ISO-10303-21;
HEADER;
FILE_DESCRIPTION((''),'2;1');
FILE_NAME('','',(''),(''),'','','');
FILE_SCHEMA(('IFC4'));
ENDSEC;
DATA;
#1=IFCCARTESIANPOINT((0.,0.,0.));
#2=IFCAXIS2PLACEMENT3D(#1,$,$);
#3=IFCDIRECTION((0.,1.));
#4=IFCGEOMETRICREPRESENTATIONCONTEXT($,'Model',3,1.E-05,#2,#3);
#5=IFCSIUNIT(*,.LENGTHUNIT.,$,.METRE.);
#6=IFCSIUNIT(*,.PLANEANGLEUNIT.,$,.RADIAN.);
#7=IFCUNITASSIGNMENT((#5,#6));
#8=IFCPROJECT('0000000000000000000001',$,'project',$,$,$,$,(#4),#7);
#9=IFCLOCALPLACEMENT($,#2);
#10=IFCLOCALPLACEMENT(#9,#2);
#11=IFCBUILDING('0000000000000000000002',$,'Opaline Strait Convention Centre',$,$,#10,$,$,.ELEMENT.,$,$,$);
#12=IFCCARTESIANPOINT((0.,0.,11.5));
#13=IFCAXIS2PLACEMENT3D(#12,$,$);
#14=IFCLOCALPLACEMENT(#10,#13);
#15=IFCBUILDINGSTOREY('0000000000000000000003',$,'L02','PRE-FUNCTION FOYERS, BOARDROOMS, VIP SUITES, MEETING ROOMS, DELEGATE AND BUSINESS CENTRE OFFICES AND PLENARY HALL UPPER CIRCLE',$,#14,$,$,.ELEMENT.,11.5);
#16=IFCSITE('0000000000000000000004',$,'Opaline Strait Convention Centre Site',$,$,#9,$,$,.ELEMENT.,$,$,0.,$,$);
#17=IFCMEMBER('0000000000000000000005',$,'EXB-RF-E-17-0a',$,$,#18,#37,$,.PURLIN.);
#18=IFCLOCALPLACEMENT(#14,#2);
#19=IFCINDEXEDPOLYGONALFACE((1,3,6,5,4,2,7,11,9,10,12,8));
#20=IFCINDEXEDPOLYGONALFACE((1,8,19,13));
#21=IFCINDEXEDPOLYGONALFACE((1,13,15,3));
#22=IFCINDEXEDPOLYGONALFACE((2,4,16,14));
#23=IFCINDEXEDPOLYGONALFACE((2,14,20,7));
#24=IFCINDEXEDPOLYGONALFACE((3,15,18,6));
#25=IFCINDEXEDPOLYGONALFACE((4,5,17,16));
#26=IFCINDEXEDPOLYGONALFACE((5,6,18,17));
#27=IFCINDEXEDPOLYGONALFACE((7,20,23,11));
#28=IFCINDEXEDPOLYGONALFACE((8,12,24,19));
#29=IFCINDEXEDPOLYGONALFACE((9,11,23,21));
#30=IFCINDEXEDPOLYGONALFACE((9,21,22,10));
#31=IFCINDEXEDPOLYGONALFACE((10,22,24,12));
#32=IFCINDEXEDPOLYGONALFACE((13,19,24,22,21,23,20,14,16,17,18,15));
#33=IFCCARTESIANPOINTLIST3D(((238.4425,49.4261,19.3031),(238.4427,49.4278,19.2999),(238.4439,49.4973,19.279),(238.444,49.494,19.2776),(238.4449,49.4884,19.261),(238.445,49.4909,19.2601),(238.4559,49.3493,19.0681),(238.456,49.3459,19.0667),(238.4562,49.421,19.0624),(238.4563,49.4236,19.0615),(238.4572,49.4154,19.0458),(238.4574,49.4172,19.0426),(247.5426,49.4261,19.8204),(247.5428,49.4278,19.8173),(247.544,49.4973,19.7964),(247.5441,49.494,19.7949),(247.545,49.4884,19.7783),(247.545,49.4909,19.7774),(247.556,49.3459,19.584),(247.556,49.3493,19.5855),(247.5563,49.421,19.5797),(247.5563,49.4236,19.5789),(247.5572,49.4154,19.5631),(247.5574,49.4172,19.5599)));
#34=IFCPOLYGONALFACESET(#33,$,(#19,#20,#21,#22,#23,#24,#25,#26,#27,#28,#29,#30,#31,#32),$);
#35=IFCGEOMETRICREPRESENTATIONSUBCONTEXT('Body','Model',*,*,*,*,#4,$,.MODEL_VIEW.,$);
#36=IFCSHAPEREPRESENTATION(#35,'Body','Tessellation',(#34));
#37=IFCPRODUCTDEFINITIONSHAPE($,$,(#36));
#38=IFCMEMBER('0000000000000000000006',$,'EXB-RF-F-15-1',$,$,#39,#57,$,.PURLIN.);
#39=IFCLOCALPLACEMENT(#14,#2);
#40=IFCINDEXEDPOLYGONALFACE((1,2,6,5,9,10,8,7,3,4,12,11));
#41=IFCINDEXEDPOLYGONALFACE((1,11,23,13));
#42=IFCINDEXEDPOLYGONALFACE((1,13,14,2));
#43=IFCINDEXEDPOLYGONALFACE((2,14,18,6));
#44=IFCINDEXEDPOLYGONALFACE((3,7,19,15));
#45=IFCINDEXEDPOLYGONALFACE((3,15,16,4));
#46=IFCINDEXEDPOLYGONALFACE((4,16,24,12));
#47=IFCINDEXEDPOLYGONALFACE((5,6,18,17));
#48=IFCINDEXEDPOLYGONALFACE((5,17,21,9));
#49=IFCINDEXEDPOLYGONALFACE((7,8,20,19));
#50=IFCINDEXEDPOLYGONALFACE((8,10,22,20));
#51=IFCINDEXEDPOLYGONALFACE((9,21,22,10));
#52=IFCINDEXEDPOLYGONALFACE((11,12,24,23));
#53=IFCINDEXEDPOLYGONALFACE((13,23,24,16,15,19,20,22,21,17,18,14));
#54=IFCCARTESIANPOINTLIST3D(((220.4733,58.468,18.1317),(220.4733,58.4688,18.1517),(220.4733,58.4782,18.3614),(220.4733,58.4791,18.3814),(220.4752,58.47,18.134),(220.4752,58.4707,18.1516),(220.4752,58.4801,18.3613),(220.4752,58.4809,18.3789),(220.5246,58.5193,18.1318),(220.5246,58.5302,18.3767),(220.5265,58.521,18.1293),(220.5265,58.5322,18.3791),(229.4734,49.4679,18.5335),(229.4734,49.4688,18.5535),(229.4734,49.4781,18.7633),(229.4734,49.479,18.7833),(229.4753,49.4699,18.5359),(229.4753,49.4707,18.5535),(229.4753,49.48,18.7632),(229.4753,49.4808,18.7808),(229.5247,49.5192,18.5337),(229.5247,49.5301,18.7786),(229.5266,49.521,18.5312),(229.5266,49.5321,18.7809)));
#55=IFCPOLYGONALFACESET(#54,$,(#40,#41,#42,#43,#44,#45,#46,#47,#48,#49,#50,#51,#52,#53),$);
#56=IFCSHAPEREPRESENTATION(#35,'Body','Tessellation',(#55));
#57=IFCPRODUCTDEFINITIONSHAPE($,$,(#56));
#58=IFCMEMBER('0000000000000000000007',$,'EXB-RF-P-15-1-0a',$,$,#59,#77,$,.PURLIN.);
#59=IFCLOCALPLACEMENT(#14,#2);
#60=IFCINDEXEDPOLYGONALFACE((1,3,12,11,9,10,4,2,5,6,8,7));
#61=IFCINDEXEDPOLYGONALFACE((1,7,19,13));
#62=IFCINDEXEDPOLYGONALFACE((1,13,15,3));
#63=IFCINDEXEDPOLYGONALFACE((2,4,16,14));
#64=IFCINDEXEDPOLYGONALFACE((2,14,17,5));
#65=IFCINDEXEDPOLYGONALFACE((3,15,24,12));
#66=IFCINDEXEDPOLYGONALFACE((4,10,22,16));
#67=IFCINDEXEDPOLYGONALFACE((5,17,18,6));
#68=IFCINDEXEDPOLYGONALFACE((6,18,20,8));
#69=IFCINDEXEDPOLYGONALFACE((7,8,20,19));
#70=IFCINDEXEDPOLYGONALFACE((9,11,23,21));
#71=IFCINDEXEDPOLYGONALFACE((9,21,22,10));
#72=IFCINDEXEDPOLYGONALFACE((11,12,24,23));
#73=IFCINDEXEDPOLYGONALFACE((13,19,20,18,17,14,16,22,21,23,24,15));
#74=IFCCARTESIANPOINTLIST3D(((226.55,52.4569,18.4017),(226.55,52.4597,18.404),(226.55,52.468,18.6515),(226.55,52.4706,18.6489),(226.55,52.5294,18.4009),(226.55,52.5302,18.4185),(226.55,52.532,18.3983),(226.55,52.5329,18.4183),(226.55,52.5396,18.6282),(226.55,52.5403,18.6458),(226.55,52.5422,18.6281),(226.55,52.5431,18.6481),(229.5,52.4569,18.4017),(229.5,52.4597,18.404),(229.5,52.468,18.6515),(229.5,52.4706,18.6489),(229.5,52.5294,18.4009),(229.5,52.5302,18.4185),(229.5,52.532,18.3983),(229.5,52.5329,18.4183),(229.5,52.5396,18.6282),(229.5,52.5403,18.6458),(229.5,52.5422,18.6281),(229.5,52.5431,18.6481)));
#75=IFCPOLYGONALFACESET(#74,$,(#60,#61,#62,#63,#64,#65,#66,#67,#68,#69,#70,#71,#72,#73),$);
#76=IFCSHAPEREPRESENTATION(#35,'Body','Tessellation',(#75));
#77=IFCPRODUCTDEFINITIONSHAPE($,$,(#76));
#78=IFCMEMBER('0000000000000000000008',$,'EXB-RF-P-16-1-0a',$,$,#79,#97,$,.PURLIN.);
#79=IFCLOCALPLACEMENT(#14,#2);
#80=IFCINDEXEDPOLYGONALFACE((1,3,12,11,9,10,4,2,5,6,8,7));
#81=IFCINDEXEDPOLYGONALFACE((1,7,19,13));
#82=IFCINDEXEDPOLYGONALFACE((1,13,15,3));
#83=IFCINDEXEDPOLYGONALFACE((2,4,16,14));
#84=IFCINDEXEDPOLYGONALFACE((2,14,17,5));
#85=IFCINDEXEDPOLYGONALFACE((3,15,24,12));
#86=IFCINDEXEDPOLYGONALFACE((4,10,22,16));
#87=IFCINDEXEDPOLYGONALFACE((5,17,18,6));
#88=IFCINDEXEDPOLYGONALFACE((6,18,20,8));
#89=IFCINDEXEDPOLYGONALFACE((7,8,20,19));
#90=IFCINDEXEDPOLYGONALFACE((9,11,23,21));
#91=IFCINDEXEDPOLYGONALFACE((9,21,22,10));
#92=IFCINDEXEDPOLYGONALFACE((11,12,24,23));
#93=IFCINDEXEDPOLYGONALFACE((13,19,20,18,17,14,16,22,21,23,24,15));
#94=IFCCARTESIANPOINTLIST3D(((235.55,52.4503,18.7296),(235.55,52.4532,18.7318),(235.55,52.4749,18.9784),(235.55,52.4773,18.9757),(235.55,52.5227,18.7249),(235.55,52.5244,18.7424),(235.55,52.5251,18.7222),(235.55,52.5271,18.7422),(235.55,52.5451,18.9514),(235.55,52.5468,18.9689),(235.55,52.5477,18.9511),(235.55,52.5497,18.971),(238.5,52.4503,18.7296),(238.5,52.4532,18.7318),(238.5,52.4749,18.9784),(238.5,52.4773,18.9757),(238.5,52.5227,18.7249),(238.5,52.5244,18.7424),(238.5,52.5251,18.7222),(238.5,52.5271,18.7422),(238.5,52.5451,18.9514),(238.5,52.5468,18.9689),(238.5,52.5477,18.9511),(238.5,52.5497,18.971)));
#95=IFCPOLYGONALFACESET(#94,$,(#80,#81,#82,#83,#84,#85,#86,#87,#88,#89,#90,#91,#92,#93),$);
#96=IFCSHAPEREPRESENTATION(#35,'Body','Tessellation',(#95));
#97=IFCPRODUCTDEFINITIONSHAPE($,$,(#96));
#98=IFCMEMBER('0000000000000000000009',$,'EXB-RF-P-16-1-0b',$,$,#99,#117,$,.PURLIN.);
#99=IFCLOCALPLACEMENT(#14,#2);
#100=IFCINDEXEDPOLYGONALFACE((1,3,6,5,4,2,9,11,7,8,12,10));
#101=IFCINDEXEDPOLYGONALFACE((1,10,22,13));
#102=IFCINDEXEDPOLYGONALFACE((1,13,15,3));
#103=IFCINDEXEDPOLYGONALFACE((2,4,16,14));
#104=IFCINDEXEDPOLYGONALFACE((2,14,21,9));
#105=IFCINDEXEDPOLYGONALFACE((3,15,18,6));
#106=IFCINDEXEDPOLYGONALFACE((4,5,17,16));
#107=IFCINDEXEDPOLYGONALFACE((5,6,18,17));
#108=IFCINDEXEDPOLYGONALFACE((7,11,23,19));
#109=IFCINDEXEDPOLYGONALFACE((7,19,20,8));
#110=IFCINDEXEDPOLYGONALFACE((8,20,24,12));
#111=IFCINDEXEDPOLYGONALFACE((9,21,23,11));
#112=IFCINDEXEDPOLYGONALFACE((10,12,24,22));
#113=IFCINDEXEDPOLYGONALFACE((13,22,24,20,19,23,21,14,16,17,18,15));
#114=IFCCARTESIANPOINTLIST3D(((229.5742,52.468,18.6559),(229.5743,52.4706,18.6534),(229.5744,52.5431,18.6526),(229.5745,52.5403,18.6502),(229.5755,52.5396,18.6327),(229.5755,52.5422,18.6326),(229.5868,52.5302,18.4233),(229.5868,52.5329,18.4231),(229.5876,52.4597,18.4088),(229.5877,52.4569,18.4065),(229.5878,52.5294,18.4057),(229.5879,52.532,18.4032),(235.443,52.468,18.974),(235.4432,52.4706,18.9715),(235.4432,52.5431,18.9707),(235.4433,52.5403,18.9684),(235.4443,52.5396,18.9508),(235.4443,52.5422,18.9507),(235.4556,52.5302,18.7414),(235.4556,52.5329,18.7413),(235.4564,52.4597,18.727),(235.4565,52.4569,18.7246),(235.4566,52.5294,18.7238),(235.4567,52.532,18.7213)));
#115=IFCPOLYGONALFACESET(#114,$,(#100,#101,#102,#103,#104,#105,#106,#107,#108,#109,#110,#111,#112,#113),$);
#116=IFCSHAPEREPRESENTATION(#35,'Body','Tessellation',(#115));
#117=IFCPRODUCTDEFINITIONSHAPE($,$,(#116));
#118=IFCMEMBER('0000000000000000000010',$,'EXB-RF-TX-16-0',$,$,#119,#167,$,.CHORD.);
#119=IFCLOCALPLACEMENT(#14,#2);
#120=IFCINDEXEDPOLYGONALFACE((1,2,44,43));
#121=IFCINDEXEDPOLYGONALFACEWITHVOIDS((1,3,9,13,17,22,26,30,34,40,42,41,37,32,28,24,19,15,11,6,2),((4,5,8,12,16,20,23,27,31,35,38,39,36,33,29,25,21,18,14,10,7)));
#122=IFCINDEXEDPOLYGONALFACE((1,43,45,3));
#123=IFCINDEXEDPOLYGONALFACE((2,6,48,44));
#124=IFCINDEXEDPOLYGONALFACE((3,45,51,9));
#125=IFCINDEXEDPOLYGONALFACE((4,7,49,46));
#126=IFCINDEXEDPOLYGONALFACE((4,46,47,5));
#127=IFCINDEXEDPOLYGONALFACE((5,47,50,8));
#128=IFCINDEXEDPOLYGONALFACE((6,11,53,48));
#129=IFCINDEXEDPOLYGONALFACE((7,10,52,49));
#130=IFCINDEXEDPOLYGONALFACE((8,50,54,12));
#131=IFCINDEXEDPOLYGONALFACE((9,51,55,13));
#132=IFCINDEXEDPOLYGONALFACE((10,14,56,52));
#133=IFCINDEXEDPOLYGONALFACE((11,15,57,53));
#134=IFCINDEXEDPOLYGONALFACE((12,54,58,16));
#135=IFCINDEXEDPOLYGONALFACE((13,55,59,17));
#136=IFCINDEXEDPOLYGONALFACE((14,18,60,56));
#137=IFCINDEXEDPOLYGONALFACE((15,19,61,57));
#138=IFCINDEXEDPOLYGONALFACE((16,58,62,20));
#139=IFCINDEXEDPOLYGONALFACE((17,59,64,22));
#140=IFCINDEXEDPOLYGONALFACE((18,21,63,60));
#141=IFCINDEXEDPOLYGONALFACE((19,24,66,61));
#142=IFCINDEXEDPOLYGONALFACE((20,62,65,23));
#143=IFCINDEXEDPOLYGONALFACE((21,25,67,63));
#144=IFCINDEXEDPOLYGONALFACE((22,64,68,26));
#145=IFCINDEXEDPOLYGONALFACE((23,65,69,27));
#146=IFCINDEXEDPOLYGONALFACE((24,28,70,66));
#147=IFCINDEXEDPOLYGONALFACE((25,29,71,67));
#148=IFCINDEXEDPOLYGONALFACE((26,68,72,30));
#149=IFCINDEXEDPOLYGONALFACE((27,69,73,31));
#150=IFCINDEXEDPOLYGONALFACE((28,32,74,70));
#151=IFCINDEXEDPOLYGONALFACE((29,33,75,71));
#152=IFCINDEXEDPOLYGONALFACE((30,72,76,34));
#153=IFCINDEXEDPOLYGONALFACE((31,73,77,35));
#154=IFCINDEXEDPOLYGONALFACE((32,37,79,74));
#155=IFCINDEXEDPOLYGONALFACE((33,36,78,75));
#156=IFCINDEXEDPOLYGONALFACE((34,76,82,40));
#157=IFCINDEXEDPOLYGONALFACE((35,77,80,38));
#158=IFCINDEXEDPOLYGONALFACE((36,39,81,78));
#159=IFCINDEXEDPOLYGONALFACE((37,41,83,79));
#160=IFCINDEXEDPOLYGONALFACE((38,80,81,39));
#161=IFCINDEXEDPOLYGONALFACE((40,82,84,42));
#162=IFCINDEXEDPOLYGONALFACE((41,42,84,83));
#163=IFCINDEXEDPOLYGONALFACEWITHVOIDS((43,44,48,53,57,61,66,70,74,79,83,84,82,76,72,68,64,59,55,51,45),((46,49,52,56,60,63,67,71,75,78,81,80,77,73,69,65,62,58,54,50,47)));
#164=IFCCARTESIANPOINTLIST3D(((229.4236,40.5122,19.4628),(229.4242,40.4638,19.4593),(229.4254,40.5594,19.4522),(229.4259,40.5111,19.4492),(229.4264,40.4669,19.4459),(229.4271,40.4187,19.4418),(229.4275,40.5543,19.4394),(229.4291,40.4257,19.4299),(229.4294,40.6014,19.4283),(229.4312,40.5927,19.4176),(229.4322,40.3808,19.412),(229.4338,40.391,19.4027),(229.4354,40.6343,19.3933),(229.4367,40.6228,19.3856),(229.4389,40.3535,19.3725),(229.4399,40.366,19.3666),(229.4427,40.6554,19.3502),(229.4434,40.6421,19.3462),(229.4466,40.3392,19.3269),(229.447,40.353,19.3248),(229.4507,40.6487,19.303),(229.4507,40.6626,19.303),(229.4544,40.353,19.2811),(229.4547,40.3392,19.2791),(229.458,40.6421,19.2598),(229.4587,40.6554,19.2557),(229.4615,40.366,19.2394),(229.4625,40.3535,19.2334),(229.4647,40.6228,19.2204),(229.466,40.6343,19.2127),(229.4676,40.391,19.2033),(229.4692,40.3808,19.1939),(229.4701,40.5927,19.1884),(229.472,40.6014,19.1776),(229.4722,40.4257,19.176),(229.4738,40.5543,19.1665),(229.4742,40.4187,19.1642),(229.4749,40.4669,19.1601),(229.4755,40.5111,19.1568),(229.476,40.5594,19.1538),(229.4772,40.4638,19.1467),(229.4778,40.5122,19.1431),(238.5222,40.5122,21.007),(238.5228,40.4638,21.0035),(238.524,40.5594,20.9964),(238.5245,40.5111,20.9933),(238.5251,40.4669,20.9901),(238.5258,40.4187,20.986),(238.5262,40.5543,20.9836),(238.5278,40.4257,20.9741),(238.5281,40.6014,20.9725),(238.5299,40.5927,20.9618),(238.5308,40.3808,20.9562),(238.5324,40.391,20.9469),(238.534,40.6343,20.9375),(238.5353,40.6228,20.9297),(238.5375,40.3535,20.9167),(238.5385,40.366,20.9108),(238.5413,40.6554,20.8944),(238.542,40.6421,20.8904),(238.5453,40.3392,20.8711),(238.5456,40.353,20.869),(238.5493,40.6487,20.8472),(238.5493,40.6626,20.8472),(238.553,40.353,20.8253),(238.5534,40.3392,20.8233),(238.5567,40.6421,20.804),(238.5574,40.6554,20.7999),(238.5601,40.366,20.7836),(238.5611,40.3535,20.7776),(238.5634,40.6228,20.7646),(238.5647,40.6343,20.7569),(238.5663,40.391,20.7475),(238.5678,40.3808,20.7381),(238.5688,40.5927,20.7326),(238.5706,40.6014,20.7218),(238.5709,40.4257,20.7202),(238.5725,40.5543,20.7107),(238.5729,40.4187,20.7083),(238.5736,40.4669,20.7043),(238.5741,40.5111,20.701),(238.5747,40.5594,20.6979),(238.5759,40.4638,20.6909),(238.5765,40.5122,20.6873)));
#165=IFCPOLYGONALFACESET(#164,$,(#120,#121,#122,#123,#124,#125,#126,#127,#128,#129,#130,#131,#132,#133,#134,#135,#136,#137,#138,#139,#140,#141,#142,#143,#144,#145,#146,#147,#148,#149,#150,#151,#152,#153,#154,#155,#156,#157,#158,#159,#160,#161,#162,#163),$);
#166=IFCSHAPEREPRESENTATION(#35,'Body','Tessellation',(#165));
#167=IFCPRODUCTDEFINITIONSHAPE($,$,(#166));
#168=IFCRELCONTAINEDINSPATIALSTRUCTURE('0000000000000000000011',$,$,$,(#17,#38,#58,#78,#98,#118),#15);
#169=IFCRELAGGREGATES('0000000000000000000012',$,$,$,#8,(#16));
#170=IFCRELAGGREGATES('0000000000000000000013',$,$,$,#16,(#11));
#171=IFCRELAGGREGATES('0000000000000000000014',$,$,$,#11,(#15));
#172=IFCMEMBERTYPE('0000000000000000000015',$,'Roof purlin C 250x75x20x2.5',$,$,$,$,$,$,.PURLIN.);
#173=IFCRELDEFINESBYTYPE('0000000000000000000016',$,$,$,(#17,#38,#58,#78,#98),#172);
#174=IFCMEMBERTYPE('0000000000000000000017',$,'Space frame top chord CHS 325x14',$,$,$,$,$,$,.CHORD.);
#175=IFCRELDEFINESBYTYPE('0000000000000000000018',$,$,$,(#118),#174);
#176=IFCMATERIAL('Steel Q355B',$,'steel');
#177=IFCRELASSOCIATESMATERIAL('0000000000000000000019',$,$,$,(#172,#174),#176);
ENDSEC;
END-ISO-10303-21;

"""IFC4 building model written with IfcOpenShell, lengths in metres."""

from ifc_helpers import new_model, si_unit, direction, frame, origin, origin_2d, place, context, subcontext, project, spatial, polyline, hollow_circle, outline, extrude, material, material_profile, profile_set, type_object, element, save


model = new_model("IFC4")

# Units and contexts
model_context = context("Model", 3, precision=1e-05, world=origin(), true_north=direction((0.0, 1.0)))
body_context = subcontext(model_context, "Body", "Model", "MODEL_VIEW")
ifc_project = project(units=[si_unit("LENGTHUNIT", "METRE"), si_unit("PLANEANGLEUNIT", "RADIAN")], contexts=[model_context])

# Site, building, storey
site_placement = place(None, origin())
site = spatial("IfcSite", under=ifc_project, at=site_placement, Name="Opaline Strait Convention Centre Site", CompositionType="ELEMENT", RefElevation=0.0)
building_placement = place(site_placement, origin())
building = spatial("IfcBuilding", under=site, at=building_placement, Name="Opaline Strait Convention Centre", CompositionType="ELEMENT")
storey_placement = place(building_placement, frame((0.0, 0.0, 11.5)))
storey = spatial("IfcBuildingStorey", under=building, at=storey_placement, Name="L02", Description="PRE-FUNCTION FOYERS, BOARDROOMS, VIP SUITES, MEETING ROOMS, DELEGATE AND BUSINESS CENTRE OFFICES AND PLENARY HALL UPPER CIRCLE", CompositionType="ELEMENT", Elevation=11.5)

# Members
ifc_material_1 = material(Name="Steel Q355B", Category="steel")
ifc_material_profile_1 = material_profile(ifc_material_1, outline(polyline([(-0.0376, -0.125), (0.0376, -0.125), (0.0376, -0.105), (0.0349, -0.105), (0.0349, -0.1226), (-0.0349, -0.1226), (-0.0349, 0.1226), (0.0349, 0.1226), (0.0349, 0.105), (0.0376, 0.105), (0.0376, 0.125), (-0.0376, 0.125), (-0.0376, -0.125)])), Name="C 250x75x20x2.5")
ifc_profile_set_1 = profile_set([ifc_material_profile_1], Name="Steel Q355B")
member_type_1 = type_object("IfcMemberType", Name="Roof purlin C 250x75x20x2.5", PredefinedType="PURLIN", material=ifc_profile_set_1)
member_1_placement = place(storey_placement, frame((238.45, 49.4216, 19.1729), z_axis=(0.998388, 0.0, 0.056758), x_axis=(0.018194, 0.947232, -0.320033)))
element("IfcMember", 1, at=member_1_placement, inside=storey, type_object=member_type_1, Name="EXB-RF-E-17-0a", PredefinedType="PURLIN", context=body_context, shape_type="SweptSolid", body=[
    extrude(outline(polyline([(-0.0376, -0.125), (0.0376, -0.125), (0.0376, -0.105), (0.0349, -0.105), (0.0349, -0.1226), (-0.0349, -0.1226), (-0.0349, 0.1226), (0.0349, 0.1226), (0.0349, 0.105), (0.0376, 0.105), (0.0376, 0.125), (-0.0376, 0.125), (-0.0376, -0.125)])), origin(), (0.0, 0.0, 1.0), 9.1147),
])
member_2_placement = place(storey_placement, frame((229.5, 49.5, 18.6572), z_axis=(-0.706755, 0.706755, -0.031557), x_axis=(-0.707459, -0.706051, 0.031526)))
element("IfcMember", 2, at=member_2_placement, inside=storey, type_object=member_type_1, Name="EXB-RF-F-15-1", PredefinedType="PURLIN", context=body_context, shape_type="SweptSolid", body=[
    extrude(outline(polyline([(-0.0376, -0.125), (0.0376, -0.125), (0.0376, -0.105), (0.0349, -0.105), (0.0349, -0.1226), (-0.0349, -0.1226), (-0.0349, 0.1226), (0.0349, 0.1226), (0.0349, 0.105), (0.0376, 0.105), (0.0376, 0.125), (-0.0376, 0.125), (-0.0376, -0.125)])), origin(), (0.0, 0.0, 1.0), 12.7344),
])
for number, where, z_axis, x_axis, name in (
    (3, (226.55, 52.5, 18.5249), (1.0, 0.0, 0.0), (0.0, 0.999005, -0.044606), "EXB-RF-P-15-1-0a"),
    (4, (235.55, 52.5, 18.8503), (1.0, 0.0, 0.0), (0.0, 0.995149, -0.098378), "EXB-RF-P-16-1-0a"),
):
    element("IfcMember", number, at=place(storey_placement, frame(where, z_axis=z_axis, x_axis=x_axis)), inside=storey, type_object=member_type_1, Name=name, PredefinedType="PURLIN", context=body_context, shape_type="SweptSolid", body=[
        extrude(outline(polyline([(-0.0376, -0.125), (0.0376, -0.125), (0.0376, -0.105), (0.0349, -0.105), (0.0349, -0.1226), (-0.0349, -0.1226), (-0.0349, 0.1226), (0.0349, 0.1226), (0.0349, 0.105), (0.0376, 0.105), (0.0376, 0.125), (-0.0376, 0.125), (-0.0376, -0.125)])), origin(), (0.0, 0.0, 1.0), 2.95),
    ])
member_3_placement = place(storey_placement, frame((229.5811, 52.5, 18.5295), z_axis=(0.998534, 0.0, 0.054124), x_axis=(0.002414, 0.999005, -0.044541)))
element("IfcMember", 5, at=member_3_placement, inside=storey, type_object=member_type_1, Name="EXB-RF-P-16-1-0b", PredefinedType="PURLIN", context=body_context, shape_type="SweptSolid", body=[
    extrude(outline(polyline([(-0.0376, -0.125), (0.0376, -0.125), (0.0376, -0.105), (0.0349, -0.105), (0.0349, -0.1226), (-0.0349, -0.1226), (-0.0349, 0.1226), (0.0349, 0.1226), (0.0349, 0.105), (0.0376, 0.105), (0.0376, 0.125), (-0.0376, 0.125), (-0.0376, -0.125)])), origin(), (0.0, 0.0, 1.0), 5.8774),
])
ifc_material_profile_2 = material_profile(ifc_material_1, hollow_circle(Radius=0.1626, WallThickness=0.0139, at=origin_2d()), Name="CHS 325x14")
ifc_profile_set_2 = profile_set([ifc_material_profile_2], Name="Steel Q355B")
member_type_2 = type_object("IfcMemberType", Name="Space frame top chord CHS 325x14", PredefinedType="CHORD", material=ifc_profile_set_2)
member_4_placement = place(storey_placement, frame((229.4507, 40.5, 19.303), z_axis=(0.985902, 0.0, 0.167324), x_axis=(0.0, 1.0, 0.0)))
element("IfcMember", 6, at=member_4_placement, inside=storey, type_object=member_type_2, Name="EXB-RF-TX-16-0", PredefinedType="CHORD", context=body_context, shape_type="SweptSolid", body=[
    extrude(hollow_circle(Radius=0.1626, WallThickness=0.0139, at=origin_2d()), origin(), (0.0, 0.0, 1.0), 9.2288),
])

save(model, "model.ifc")
